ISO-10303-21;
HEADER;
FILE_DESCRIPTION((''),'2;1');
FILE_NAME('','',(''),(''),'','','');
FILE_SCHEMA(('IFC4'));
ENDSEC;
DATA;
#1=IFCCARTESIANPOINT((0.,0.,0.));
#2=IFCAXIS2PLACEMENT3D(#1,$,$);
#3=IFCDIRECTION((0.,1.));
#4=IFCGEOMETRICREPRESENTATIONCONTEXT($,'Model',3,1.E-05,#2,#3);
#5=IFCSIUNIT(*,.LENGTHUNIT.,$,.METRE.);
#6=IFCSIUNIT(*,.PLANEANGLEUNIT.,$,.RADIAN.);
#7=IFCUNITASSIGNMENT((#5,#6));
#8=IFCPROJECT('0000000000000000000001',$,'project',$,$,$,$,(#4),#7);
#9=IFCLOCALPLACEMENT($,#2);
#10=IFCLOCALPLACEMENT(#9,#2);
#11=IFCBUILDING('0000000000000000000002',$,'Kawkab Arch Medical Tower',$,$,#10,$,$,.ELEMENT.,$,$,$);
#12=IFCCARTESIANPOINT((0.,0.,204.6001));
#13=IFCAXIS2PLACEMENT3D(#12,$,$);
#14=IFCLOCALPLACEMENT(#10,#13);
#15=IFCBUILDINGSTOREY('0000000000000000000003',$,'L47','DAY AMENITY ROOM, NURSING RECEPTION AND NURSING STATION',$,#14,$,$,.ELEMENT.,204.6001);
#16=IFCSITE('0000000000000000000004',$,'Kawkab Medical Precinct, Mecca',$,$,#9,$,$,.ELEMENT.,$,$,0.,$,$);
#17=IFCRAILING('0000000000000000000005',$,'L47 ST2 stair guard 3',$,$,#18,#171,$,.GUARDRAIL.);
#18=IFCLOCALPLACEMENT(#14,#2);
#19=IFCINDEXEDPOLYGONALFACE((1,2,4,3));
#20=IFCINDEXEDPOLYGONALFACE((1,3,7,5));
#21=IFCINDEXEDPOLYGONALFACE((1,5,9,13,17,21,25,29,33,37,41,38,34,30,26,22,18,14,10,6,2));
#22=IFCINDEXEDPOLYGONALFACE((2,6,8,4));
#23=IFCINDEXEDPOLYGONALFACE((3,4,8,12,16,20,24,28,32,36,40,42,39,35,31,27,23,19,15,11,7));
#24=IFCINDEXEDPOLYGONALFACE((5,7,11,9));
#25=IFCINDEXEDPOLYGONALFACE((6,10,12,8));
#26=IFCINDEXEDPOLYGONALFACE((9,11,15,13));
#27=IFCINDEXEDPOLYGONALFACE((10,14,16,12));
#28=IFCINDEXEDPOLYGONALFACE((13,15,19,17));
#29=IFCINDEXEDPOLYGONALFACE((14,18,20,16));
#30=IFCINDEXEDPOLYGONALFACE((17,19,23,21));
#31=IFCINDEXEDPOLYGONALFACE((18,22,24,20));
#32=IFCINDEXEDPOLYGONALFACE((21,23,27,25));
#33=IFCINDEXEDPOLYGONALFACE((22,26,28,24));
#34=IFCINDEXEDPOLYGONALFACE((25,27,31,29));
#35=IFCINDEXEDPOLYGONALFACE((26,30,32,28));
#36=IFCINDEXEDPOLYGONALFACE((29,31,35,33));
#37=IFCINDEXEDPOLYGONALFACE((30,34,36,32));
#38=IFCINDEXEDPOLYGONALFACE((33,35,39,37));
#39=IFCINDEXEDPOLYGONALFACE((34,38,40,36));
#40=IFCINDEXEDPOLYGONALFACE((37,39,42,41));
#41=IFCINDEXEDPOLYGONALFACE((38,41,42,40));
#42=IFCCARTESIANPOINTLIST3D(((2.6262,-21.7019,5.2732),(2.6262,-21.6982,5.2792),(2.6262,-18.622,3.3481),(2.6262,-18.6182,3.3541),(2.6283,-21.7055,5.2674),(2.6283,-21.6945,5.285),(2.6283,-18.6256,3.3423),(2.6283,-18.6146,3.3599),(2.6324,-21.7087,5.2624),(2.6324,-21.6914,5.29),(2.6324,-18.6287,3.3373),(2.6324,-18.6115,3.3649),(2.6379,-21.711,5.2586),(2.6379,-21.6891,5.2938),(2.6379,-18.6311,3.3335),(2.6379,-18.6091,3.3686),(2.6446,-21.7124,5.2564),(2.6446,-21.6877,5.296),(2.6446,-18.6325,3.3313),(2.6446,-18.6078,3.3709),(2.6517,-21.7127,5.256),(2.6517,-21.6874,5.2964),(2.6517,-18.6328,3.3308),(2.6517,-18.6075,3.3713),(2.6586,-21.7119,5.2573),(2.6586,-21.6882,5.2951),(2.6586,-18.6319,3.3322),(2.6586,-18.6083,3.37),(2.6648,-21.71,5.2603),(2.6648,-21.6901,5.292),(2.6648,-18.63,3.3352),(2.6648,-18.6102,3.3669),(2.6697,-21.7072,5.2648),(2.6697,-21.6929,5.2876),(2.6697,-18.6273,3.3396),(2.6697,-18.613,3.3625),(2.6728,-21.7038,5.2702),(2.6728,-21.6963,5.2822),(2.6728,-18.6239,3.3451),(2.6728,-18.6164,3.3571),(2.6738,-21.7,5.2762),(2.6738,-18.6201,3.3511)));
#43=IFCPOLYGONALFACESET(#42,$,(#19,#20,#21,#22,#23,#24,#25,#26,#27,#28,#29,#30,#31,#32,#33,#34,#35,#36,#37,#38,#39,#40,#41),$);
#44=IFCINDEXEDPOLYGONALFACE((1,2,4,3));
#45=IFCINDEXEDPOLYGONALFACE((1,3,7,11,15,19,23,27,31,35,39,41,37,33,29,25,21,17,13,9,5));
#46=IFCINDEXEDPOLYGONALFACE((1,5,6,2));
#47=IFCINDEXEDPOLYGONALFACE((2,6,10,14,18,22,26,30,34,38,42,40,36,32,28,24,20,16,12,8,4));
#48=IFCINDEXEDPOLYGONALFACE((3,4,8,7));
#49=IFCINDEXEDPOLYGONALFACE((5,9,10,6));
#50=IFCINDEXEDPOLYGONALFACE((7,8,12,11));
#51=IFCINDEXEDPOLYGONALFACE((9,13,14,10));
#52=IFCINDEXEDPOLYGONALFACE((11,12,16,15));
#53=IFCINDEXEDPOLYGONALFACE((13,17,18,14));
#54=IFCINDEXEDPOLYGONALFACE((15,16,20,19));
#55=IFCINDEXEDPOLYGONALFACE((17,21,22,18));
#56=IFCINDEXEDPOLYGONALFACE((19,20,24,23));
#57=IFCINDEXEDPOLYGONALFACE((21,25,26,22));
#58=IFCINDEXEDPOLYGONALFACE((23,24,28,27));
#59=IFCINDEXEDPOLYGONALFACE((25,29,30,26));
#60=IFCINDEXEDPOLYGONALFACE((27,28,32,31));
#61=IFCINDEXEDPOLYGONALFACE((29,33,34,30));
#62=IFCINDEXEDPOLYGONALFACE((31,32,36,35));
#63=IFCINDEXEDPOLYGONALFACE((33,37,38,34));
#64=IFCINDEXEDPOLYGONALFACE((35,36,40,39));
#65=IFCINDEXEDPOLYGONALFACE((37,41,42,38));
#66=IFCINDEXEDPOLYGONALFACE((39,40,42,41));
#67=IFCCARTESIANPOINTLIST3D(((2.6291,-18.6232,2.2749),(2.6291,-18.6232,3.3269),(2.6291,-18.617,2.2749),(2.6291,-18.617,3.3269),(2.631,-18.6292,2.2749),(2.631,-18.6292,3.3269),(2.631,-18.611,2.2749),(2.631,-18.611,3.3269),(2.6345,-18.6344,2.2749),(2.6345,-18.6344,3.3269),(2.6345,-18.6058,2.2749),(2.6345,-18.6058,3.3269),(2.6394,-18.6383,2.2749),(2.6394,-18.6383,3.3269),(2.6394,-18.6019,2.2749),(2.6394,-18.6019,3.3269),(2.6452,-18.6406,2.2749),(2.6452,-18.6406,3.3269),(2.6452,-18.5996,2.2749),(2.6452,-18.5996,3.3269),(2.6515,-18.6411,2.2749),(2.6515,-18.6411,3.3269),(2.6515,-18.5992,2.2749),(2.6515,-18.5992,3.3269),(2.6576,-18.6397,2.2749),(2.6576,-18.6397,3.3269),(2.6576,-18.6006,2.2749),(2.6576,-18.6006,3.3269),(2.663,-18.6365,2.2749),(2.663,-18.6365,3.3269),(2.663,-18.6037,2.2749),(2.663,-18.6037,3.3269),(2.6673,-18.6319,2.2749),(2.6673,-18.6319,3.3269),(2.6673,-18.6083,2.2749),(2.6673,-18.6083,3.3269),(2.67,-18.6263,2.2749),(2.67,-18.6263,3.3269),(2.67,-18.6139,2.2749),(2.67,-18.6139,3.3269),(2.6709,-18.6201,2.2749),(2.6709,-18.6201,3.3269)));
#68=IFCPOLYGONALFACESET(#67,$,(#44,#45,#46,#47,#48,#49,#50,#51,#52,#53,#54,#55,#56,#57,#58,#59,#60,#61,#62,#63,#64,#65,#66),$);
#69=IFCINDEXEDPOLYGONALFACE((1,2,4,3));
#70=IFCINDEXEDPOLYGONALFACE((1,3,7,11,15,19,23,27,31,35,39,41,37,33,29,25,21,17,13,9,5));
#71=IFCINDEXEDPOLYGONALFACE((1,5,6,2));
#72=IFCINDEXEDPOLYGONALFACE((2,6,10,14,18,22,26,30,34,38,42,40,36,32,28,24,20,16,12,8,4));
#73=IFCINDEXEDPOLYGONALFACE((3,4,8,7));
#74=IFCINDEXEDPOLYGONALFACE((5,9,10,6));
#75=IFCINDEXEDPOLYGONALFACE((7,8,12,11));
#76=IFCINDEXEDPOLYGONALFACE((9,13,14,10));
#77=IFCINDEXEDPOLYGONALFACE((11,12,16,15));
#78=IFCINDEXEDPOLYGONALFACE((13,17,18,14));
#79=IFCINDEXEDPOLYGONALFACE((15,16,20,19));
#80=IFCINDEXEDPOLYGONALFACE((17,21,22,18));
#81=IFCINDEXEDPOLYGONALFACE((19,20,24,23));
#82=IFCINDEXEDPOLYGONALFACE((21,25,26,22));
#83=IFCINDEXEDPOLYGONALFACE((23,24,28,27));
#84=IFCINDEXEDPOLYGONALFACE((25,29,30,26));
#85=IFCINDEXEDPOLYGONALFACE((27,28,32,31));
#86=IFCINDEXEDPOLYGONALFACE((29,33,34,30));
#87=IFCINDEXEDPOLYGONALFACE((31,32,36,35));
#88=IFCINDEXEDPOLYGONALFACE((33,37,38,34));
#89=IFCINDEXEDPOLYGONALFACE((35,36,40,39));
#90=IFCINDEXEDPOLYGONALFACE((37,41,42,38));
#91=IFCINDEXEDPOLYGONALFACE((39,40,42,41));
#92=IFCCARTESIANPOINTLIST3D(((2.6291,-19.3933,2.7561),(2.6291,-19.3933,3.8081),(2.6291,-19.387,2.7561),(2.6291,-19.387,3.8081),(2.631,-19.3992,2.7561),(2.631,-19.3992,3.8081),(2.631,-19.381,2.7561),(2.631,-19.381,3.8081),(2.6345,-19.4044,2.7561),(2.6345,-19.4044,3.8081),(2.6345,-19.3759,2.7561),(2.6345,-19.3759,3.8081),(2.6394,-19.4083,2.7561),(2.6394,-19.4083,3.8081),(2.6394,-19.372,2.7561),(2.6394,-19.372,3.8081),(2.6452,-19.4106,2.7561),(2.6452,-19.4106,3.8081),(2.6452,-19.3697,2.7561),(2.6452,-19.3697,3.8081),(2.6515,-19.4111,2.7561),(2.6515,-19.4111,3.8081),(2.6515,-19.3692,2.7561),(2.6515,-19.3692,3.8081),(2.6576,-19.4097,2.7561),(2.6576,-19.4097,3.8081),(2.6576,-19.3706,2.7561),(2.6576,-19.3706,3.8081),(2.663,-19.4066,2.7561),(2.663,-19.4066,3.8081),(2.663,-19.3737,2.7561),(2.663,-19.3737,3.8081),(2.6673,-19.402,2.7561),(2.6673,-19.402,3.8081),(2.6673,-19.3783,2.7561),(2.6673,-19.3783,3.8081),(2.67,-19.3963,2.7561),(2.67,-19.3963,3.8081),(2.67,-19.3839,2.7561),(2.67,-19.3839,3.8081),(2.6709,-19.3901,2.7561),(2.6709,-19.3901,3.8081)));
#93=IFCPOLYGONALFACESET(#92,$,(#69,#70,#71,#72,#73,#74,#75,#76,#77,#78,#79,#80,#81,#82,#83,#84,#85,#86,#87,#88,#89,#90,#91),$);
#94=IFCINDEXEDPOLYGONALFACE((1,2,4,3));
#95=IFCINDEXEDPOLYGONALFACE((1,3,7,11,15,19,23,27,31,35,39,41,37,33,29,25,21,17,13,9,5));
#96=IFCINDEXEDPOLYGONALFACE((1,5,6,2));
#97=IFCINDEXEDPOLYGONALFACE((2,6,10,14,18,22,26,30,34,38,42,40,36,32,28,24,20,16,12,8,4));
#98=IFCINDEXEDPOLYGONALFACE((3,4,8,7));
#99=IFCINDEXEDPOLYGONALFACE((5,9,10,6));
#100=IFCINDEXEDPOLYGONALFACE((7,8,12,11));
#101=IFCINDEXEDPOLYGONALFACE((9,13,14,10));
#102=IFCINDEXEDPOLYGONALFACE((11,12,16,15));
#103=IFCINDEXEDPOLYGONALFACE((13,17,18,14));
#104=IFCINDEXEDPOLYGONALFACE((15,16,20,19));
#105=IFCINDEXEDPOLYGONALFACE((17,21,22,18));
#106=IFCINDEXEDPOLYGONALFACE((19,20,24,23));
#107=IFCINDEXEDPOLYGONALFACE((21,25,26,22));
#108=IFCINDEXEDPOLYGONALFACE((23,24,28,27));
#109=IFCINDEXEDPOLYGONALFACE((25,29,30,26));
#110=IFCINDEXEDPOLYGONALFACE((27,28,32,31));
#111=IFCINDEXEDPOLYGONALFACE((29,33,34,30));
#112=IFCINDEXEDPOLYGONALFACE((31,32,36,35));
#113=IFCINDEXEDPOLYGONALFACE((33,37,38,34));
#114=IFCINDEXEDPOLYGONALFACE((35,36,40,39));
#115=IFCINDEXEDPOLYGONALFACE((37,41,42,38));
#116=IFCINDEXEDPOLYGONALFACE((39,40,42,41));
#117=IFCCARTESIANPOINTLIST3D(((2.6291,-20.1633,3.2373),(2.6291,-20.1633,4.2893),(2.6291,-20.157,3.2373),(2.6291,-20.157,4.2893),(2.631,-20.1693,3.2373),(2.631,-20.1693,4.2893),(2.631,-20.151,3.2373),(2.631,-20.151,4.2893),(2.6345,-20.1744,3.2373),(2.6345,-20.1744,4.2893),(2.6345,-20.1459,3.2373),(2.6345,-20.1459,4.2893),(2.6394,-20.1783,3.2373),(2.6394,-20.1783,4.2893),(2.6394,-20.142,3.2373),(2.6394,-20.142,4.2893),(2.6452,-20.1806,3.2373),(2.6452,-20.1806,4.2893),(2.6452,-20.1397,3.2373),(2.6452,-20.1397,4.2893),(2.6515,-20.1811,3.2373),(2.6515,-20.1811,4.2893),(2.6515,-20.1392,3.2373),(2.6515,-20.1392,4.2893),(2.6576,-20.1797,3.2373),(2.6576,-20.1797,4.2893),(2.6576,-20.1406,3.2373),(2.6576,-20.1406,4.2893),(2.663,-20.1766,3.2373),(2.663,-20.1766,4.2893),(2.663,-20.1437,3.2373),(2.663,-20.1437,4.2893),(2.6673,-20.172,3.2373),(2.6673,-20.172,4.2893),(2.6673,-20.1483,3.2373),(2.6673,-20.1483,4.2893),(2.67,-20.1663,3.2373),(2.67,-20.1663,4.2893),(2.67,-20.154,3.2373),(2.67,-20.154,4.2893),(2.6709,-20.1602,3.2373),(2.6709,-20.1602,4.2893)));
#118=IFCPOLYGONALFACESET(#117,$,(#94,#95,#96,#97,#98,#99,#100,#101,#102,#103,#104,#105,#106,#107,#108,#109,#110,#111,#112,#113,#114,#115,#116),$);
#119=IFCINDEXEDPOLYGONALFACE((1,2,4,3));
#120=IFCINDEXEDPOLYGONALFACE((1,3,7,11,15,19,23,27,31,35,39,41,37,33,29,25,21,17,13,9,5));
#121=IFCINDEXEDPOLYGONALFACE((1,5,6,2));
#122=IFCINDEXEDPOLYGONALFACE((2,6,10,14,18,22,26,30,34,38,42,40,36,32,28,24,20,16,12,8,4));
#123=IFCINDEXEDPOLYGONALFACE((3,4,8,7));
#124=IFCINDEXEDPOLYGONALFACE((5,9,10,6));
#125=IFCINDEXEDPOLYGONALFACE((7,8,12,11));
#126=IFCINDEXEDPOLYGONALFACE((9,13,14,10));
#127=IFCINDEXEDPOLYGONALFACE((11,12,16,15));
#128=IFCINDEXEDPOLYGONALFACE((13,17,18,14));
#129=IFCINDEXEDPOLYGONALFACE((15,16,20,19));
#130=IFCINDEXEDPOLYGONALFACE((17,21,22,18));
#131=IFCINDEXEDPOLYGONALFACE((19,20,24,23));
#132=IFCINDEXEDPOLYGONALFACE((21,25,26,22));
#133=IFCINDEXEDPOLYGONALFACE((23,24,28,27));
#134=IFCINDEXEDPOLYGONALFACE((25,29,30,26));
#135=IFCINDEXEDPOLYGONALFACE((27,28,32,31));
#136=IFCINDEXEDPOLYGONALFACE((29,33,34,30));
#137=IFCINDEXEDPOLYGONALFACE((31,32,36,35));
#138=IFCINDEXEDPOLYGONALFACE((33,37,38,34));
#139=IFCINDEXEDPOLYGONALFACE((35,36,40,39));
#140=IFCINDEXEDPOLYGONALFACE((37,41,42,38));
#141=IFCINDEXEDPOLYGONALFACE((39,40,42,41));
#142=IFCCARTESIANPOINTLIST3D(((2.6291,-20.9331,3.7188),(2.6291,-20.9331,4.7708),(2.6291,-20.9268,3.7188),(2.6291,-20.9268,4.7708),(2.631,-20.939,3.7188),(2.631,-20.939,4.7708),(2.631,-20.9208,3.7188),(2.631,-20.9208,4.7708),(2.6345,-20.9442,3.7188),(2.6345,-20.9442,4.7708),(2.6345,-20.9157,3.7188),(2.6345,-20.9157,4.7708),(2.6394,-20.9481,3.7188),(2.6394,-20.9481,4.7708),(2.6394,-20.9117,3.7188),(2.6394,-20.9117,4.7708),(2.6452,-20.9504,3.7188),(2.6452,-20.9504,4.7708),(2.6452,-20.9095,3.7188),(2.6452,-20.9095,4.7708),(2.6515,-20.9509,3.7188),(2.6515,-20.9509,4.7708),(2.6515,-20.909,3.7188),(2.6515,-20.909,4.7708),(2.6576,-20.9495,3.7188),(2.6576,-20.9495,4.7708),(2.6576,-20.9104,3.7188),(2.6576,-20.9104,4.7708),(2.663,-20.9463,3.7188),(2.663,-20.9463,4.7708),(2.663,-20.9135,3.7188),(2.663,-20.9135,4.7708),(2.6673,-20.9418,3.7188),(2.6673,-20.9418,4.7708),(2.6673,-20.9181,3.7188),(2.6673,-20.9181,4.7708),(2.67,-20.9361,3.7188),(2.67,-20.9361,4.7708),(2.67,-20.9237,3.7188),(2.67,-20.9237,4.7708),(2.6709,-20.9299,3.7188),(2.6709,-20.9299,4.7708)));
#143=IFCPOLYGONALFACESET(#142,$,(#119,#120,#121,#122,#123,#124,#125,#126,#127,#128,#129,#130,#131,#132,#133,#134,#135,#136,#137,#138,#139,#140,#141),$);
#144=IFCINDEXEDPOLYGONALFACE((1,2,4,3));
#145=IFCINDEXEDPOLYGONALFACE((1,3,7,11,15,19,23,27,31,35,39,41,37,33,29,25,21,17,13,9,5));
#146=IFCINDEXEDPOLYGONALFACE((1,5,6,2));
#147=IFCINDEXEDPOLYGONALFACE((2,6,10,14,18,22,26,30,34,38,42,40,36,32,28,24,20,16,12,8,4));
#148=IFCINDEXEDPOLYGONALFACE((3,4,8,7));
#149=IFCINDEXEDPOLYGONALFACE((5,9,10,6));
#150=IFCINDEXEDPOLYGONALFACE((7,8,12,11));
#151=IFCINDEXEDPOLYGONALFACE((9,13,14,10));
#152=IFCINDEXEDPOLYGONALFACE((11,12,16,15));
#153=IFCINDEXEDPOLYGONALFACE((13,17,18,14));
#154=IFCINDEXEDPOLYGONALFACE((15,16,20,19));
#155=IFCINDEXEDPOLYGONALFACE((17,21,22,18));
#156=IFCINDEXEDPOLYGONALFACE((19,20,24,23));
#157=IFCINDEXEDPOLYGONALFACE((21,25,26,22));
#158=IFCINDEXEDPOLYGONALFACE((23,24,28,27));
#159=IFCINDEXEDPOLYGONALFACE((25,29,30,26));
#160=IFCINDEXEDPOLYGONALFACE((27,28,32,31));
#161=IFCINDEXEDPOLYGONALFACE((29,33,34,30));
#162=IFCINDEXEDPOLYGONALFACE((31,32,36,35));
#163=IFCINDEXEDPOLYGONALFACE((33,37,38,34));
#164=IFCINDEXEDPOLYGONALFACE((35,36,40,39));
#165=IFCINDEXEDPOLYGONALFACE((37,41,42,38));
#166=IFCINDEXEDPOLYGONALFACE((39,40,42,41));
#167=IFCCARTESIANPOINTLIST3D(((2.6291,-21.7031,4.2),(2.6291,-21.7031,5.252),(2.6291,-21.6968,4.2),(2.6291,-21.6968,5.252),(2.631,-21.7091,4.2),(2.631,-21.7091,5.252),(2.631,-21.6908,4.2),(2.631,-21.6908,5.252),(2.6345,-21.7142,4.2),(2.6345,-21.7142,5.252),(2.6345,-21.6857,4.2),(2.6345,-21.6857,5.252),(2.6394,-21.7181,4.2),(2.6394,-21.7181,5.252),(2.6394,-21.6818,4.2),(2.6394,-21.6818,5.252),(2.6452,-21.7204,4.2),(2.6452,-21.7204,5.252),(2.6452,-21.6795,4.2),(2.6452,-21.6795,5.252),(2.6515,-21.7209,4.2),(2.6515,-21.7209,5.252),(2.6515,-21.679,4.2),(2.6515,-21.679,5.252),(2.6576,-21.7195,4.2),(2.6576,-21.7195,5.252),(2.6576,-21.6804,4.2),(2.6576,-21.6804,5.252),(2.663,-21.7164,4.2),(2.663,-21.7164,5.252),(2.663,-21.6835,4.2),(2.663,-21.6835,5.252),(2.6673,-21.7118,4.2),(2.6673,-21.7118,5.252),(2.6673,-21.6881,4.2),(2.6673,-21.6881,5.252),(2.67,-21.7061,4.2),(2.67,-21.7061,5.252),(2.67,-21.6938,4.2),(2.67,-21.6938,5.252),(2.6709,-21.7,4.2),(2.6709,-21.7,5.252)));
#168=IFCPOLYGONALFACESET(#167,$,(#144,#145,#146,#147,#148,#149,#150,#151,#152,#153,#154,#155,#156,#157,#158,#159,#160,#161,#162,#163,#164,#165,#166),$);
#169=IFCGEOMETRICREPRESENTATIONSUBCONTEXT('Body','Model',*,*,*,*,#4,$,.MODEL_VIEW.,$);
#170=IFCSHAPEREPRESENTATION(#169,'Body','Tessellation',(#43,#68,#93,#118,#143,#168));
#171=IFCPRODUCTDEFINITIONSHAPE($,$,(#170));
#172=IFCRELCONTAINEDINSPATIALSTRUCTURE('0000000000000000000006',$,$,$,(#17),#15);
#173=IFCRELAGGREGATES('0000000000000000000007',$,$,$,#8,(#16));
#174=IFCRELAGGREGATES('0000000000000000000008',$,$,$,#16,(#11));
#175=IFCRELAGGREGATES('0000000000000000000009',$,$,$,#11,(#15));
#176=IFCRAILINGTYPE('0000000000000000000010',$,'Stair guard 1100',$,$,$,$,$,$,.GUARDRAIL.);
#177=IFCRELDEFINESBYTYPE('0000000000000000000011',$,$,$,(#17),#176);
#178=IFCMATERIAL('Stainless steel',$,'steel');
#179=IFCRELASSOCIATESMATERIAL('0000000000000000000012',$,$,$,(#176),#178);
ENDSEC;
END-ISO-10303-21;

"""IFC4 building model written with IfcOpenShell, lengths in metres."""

from ifc_helpers import new_model, si_unit, direction, frame, origin, origin_2d, place, context, subcontext, project, spatial, circle, extrude, material, type_object, element, save


model = new_model("IFC4")

# Units and contexts
model_context = context("Model", 3, precision=1e-05, world=origin(), true_north=direction((0.0, 1.0)))
body_context = subcontext(model_context, "Body", "Model", "MODEL_VIEW")
ifc_project = project(units=[si_unit("LENGTHUNIT", "METRE"), si_unit("PLANEANGLEUNIT", "RADIAN")], contexts=[model_context])

# Site, building, storey
site_placement = place(None, origin())
site = spatial("IfcSite", under=ifc_project, at=site_placement, Name="Kawkab Medical Precinct, Mecca", CompositionType="ELEMENT", RefElevation=0.0)
building_placement = place(site_placement, origin())
building = spatial("IfcBuilding", under=site, at=building_placement, Name="Kawkab Arch Medical Tower", CompositionType="ELEMENT")
storey_placement = place(building_placement, frame((0.0, 0.0, 204.6001)))
storey = spatial("IfcBuildingStorey", under=building, at=storey_placement, Name="L47", Description="DAY AMENITY ROOM, NURSING RECEPTION AND NURSING STATION", CompositionType="ELEMENT", Elevation=204.6001)

# Railing
ifc_material_1 = material(Name="Stainless steel", Category="steel")
railing_type_1 = type_object("IfcRailingType", Name="Stair guard 1100", PredefinedType="GUARDRAIL", material=ifc_material_1)
railing_1_placement = place(storey_placement, frame((2.6499, -18.6201, 2.2749)))
element("IfcRailing", 1, at=railing_1_placement, inside=storey, type_object=railing_type_1, Name="L47 ST2 stair guard 3", PredefinedType="GUARDRAIL", context=body_context, shape_type="SweptSolid", body=[
    extrude(circle(Radius=0.0239, at=origin_2d()), frame((0.0, 0.0, 1.0762), z_axis=(0.0, -0.847979, 0.530029), x_axis=(1.0, 0.0, 0.0)), (0.0, 0.0, 1.0), 3.6321),
    extrude(circle(Radius=0.021, at=origin_2d()), origin(), (0.0, 0.0, 1.0), 1.052),
    extrude(circle(Radius=0.021, at=origin_2d()), frame((0.0, -0.77, 0.4812)), (0.0, 0.0, 1.0), 1.052),
    extrude(circle(Radius=0.021, at=origin_2d()), frame((0.0, -1.54, 0.9624)), (0.0, 0.0, 1.0), 1.052),
    extrude(circle(Radius=0.021, at=origin_2d()), frame((0.0, -2.3098, 1.4438)), (0.0, 0.0, 1.0), 1.052),
    extrude(circle(Radius=0.021, at=origin_2d()), frame((0.0, -3.0798, 1.925)), (0.0, 0.0, 1.0), 1.052),
])

save(model, "model.ifc")
